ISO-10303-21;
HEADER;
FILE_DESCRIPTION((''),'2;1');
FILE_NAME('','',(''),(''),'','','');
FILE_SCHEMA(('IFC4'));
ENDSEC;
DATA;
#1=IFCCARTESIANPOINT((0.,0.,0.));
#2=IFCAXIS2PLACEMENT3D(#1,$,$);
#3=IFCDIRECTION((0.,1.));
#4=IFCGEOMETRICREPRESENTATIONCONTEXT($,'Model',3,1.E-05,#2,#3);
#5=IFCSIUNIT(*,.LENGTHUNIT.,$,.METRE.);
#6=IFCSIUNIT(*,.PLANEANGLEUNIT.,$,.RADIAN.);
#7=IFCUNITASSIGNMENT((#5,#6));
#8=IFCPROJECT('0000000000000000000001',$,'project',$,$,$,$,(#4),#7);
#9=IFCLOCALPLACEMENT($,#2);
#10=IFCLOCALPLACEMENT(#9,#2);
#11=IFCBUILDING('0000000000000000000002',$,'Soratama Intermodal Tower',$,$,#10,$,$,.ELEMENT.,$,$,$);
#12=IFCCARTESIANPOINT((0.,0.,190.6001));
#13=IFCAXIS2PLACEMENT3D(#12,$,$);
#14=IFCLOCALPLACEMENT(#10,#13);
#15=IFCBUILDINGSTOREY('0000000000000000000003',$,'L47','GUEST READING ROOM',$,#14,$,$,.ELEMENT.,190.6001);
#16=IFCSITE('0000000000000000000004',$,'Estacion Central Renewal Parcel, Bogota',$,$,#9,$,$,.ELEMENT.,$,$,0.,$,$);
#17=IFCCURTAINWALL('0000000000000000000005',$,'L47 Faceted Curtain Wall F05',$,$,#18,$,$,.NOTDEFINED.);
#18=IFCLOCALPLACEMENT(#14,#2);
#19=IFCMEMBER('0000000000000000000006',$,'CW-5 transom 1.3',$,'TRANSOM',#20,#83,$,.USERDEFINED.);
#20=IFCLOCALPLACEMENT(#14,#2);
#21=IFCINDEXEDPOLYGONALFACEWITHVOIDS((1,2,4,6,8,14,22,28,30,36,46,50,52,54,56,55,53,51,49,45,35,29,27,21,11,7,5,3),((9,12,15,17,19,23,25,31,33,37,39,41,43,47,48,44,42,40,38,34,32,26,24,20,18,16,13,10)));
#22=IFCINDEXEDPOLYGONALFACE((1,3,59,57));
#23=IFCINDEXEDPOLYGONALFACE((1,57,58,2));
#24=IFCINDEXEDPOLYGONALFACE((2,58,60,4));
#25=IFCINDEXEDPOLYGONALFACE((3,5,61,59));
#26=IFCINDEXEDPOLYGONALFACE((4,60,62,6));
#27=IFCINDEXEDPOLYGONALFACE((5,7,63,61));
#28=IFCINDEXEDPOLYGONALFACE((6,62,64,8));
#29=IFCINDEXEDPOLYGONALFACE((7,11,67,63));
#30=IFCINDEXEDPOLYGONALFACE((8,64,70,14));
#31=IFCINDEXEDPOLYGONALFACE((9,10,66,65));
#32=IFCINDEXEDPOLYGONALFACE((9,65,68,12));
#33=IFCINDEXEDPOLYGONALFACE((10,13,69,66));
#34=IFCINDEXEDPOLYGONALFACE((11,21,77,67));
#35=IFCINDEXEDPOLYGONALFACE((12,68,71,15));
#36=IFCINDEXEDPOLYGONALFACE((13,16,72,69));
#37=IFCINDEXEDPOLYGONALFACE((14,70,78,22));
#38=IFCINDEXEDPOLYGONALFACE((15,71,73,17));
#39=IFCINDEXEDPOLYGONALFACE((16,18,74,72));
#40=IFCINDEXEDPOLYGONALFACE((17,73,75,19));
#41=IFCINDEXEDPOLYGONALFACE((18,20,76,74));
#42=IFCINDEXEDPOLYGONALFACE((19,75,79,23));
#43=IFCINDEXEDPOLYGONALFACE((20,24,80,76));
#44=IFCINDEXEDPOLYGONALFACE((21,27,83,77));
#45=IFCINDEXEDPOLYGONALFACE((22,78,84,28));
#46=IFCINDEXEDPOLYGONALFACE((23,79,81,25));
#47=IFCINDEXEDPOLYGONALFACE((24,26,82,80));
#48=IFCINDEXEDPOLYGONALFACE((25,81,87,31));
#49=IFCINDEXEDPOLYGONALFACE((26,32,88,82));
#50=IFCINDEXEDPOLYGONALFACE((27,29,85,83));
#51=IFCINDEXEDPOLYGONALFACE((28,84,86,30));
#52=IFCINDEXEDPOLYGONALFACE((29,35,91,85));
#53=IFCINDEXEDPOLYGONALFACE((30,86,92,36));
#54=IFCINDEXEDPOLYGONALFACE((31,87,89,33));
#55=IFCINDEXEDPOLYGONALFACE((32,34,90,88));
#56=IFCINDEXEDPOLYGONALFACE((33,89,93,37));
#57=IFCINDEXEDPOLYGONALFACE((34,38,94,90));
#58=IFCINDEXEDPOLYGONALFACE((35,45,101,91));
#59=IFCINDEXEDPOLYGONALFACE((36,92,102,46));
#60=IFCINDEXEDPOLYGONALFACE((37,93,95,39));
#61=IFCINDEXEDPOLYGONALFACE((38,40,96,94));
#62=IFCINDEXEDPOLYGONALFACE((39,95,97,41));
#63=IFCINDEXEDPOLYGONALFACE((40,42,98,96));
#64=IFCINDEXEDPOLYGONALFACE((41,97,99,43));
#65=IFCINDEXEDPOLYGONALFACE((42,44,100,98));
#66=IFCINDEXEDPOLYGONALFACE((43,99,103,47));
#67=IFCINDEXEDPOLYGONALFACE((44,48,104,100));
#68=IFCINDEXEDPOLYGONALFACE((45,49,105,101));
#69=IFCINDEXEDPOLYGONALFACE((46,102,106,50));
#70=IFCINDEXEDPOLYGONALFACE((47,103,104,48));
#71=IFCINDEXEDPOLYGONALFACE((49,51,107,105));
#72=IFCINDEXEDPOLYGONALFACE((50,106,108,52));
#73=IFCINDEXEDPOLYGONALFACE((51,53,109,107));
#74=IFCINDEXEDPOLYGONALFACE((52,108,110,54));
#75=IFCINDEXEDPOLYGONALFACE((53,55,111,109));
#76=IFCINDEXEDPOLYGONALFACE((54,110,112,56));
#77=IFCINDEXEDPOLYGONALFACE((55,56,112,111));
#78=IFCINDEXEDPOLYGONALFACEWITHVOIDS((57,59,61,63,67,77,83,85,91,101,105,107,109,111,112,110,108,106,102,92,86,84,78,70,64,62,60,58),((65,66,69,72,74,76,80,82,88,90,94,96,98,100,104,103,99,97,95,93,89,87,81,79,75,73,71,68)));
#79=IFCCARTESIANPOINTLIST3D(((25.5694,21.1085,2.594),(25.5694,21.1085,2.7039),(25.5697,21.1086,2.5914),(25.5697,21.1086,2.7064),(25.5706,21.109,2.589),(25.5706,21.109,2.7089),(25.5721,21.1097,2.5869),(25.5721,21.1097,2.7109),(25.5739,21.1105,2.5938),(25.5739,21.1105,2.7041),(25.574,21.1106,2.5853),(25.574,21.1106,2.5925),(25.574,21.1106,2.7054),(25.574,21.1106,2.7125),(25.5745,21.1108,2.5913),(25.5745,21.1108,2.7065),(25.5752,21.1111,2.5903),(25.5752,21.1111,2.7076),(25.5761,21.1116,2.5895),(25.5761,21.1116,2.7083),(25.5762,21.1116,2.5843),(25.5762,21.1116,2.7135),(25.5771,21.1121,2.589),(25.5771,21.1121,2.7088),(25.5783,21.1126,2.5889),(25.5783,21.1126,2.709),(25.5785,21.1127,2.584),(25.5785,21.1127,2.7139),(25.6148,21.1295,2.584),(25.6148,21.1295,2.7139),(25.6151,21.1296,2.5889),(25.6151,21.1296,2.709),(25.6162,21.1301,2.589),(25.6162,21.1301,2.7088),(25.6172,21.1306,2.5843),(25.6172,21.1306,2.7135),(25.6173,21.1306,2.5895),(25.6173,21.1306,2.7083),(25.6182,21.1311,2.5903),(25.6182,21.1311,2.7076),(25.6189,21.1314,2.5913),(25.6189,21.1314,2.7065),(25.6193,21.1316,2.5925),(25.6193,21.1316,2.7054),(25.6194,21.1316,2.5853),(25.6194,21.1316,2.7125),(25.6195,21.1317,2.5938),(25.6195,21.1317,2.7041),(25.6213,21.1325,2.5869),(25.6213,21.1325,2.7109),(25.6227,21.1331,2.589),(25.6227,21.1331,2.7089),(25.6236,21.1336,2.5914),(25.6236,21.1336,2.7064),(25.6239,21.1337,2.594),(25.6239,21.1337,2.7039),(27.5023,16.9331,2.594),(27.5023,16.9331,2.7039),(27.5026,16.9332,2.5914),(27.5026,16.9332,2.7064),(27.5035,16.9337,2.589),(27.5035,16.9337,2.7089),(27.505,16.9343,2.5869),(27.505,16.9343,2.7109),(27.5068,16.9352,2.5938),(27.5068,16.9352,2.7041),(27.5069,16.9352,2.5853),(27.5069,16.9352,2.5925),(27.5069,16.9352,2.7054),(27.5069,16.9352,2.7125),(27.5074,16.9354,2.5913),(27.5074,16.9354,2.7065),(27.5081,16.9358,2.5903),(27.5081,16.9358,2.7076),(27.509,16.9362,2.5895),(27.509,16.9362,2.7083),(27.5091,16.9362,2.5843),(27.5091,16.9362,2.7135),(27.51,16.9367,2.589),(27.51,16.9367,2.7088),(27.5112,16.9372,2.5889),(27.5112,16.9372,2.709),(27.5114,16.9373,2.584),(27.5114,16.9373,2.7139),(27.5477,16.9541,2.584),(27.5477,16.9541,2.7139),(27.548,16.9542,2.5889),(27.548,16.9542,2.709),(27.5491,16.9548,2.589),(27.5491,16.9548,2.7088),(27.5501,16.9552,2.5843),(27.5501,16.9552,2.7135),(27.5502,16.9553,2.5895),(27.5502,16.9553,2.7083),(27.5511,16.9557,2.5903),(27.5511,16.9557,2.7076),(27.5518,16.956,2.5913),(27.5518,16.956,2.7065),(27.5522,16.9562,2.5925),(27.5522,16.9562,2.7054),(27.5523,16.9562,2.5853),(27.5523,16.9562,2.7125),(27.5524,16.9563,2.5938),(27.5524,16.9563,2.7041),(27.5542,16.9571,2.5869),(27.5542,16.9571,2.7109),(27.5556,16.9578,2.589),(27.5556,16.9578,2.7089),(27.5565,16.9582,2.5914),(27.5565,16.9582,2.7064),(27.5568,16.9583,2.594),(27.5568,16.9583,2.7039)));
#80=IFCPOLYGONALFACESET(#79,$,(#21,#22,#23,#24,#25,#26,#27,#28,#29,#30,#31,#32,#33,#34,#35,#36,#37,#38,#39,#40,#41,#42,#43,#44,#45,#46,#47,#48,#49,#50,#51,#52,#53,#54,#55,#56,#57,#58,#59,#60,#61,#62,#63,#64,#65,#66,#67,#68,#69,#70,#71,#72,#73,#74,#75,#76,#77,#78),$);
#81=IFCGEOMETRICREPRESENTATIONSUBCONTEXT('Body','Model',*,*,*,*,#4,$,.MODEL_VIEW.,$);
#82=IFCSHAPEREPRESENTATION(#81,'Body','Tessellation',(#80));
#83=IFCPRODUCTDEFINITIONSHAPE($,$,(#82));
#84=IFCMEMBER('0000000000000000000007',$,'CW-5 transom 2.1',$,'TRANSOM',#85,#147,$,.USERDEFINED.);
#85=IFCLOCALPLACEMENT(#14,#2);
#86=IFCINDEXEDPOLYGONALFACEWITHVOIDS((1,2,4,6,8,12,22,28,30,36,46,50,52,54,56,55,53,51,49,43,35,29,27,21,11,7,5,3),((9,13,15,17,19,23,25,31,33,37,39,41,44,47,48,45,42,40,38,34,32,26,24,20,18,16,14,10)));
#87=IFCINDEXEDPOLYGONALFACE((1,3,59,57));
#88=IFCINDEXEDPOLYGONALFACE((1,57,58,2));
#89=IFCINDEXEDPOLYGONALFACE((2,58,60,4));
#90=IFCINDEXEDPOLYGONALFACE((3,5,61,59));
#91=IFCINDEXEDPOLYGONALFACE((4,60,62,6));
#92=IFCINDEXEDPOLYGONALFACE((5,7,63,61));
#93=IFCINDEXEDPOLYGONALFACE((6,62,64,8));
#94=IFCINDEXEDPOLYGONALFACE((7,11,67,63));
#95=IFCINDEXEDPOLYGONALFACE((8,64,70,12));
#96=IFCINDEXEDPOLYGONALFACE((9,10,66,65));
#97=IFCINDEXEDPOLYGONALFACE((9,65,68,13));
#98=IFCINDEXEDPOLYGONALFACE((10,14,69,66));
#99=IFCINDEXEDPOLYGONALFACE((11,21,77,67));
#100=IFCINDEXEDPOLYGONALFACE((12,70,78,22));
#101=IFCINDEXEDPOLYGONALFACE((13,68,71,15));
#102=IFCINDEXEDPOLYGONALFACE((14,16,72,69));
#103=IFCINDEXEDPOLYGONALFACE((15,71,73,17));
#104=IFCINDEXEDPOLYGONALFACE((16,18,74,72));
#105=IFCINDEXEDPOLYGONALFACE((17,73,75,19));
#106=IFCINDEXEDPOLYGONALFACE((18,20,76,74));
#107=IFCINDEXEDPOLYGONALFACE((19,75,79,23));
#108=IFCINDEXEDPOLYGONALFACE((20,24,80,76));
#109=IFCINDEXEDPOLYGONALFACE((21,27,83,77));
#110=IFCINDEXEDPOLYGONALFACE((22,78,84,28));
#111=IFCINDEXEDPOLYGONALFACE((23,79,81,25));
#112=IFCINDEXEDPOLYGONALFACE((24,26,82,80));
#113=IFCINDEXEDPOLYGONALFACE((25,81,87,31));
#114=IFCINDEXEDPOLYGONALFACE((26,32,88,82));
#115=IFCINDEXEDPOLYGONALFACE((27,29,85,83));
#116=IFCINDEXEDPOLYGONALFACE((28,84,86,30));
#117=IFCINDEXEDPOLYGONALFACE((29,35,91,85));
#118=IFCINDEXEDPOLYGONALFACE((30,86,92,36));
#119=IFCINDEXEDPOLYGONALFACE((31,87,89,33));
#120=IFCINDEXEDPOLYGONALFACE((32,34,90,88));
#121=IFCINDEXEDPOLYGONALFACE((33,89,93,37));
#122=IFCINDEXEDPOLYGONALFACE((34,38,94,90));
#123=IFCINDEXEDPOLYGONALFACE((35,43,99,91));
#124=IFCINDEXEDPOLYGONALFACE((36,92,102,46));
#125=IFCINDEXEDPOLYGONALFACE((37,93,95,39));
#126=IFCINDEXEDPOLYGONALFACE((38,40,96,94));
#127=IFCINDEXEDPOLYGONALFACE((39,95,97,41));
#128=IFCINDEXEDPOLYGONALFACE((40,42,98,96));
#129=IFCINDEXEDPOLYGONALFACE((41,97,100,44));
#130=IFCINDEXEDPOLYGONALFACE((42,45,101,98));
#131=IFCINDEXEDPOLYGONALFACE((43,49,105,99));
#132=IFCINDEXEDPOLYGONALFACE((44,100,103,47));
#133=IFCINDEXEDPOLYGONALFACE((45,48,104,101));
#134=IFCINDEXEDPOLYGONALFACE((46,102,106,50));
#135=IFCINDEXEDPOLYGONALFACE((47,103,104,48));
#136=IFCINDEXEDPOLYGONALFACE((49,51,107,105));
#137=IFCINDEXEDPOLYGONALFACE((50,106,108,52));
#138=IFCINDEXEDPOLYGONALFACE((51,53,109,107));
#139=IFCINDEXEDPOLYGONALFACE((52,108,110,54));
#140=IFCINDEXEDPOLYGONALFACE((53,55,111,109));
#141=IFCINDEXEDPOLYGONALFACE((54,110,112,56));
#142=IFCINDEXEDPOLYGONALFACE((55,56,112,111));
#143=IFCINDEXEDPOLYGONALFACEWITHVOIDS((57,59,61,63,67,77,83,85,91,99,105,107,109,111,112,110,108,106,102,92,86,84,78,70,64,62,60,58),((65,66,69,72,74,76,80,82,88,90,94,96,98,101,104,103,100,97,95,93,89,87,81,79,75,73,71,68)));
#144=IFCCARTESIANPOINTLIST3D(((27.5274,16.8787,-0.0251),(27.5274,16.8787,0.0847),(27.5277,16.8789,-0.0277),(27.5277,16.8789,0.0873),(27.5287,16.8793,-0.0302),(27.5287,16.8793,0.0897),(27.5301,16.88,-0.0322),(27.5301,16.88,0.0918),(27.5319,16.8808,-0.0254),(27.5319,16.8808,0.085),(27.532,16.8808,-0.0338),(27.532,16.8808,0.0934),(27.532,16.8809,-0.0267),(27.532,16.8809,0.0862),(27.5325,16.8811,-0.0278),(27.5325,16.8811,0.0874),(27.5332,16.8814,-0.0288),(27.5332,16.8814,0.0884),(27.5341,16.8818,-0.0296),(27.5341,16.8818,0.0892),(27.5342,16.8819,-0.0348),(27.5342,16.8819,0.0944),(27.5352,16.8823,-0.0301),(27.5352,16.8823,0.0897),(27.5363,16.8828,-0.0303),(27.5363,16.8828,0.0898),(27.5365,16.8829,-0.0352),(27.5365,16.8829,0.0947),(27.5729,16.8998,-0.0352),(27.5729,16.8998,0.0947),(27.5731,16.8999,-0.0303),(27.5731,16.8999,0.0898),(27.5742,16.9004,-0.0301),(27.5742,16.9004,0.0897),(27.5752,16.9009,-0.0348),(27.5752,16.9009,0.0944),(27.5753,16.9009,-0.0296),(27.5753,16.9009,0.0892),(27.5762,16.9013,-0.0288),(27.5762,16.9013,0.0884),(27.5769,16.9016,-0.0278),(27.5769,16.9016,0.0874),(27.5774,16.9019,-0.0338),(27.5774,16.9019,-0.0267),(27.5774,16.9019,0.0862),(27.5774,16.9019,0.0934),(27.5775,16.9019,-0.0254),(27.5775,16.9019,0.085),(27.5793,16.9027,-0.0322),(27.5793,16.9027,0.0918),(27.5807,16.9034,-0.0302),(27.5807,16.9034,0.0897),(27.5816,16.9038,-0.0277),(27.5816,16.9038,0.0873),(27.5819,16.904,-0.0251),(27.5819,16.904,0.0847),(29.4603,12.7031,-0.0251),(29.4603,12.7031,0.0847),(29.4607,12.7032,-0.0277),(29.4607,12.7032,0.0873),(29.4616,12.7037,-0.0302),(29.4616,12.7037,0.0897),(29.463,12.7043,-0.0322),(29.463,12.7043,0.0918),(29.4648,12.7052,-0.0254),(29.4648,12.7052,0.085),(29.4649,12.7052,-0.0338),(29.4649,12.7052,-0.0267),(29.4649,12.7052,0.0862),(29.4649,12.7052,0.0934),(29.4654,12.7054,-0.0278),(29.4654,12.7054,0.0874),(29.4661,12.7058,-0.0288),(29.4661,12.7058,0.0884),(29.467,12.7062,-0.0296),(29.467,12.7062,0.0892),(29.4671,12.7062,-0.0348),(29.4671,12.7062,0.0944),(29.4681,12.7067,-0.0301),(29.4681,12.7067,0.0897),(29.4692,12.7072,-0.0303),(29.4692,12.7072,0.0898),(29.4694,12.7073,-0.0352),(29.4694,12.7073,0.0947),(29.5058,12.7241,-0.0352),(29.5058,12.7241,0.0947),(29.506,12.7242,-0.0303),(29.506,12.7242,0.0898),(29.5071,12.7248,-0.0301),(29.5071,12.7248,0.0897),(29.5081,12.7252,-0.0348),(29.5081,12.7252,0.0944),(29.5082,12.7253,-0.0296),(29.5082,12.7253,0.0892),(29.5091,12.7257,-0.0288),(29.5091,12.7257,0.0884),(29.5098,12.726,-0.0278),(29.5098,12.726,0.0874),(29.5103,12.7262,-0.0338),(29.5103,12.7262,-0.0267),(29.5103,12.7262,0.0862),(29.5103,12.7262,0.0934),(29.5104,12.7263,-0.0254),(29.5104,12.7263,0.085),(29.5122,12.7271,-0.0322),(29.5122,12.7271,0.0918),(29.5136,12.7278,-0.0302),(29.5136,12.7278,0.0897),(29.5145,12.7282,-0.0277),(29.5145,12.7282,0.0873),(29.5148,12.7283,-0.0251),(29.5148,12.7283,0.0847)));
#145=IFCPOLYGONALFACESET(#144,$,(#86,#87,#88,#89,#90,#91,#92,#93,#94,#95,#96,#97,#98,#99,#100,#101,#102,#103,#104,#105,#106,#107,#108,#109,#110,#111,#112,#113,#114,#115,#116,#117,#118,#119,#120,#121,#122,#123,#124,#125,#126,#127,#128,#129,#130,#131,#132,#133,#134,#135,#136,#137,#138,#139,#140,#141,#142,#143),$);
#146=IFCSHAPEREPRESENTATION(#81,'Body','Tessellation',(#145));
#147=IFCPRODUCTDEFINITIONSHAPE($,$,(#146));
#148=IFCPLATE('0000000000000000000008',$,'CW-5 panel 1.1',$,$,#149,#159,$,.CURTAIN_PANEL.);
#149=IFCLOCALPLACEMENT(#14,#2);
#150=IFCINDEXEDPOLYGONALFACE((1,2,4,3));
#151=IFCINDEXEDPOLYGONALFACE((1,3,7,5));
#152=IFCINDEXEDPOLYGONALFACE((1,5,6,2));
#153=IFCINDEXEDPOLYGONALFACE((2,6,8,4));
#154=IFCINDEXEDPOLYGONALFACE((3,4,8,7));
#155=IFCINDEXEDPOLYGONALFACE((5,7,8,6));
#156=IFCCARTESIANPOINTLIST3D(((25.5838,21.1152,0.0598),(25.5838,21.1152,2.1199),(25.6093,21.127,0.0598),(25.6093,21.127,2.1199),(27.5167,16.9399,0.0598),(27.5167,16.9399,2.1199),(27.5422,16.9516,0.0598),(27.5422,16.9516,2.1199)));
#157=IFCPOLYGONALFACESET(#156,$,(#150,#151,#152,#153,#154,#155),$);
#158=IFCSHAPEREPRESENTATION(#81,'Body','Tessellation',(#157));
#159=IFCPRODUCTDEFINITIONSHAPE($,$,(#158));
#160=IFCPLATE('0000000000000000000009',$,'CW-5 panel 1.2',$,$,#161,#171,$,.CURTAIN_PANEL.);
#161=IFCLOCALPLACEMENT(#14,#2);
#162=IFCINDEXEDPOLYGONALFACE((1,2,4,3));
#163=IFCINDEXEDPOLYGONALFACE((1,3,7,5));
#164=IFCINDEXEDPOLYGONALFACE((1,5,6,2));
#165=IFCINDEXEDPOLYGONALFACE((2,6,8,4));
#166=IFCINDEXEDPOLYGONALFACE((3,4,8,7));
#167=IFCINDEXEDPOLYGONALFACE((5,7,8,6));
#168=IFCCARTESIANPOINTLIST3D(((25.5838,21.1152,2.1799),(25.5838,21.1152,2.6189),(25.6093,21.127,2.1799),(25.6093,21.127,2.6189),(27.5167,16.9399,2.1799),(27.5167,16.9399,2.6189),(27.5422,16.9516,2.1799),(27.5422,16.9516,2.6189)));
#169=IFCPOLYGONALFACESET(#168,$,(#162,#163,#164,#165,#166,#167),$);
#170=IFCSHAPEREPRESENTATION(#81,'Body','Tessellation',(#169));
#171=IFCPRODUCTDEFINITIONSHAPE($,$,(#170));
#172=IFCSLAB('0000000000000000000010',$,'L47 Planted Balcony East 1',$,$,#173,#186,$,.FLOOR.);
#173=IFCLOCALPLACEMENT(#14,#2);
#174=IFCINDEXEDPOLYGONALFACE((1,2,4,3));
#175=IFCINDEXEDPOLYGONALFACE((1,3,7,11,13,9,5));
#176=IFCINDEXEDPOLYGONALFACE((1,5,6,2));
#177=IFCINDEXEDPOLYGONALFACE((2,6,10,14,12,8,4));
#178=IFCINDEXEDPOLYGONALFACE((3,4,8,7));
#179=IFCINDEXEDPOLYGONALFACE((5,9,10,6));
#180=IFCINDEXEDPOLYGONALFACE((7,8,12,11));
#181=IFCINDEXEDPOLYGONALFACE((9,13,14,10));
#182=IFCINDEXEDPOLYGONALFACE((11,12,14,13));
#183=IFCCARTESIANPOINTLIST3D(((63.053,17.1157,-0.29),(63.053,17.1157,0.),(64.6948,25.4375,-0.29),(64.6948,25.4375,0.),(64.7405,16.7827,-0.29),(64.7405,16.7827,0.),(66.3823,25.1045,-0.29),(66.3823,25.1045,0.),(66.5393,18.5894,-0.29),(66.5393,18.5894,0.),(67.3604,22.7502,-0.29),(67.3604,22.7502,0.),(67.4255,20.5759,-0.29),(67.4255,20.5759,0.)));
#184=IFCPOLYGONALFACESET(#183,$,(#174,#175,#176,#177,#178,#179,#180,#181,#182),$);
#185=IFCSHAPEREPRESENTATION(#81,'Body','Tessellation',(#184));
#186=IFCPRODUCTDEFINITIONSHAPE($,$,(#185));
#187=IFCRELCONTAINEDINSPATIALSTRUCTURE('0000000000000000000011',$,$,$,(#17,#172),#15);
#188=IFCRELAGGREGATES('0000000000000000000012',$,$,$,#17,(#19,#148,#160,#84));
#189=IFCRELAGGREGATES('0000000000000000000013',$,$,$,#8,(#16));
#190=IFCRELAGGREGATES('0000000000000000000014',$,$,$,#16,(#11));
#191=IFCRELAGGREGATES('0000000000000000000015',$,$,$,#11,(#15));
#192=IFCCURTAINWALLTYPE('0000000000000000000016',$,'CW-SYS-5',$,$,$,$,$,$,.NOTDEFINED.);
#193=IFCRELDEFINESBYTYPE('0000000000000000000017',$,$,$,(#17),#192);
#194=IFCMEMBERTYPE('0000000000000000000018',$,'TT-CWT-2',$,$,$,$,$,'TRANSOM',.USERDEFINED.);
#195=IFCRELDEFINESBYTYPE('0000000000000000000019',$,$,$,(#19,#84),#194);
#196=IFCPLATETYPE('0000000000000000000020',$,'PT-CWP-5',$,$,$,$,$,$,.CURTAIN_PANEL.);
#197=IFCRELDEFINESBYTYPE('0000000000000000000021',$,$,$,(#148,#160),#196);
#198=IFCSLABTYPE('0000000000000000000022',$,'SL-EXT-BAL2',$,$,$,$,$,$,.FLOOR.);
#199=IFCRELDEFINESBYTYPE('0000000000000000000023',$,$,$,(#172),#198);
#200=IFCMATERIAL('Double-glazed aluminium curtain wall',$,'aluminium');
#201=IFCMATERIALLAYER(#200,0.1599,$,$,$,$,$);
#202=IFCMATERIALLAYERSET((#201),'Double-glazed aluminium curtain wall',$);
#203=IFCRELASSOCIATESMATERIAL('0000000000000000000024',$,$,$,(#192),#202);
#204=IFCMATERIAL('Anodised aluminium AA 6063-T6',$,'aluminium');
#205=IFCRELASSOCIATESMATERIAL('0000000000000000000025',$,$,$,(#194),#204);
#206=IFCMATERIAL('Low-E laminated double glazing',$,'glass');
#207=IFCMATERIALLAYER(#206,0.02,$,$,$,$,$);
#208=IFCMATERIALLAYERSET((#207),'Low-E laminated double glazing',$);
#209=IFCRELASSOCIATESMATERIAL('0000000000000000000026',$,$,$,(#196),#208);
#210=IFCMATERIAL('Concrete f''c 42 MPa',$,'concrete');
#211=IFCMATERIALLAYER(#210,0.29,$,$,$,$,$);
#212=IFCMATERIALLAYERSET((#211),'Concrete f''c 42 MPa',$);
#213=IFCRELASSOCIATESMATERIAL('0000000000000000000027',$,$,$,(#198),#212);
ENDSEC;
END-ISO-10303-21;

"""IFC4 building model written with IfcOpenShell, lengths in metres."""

from ifc_helpers import new_model, si_unit, direction, frame, origin, origin_2d, place, context, subcontext, project, spatial, polyline, rectangle, hollow_rectangle, outline, extrude, material, layer, layer_set, material_profile, profile_set, type_object, element, aggregate, save


model = new_model("IFC4")

# Units and contexts
model_context = context("Model", 3, precision=1e-05, world=origin(), true_north=direction((0.0, 1.0)))
body_context = subcontext(model_context, "Body", "Model", "MODEL_VIEW")
ifc_project = project(units=[si_unit("LENGTHUNIT", "METRE"), si_unit("PLANEANGLEUNIT", "RADIAN")], contexts=[model_context])

# Site, building, storey
site_placement = place(None, origin())
site = spatial("IfcSite", under=ifc_project, at=site_placement, Name="Estacion Central Renewal Parcel, Bogota", CompositionType="ELEMENT", RefElevation=0.0)
building_placement = place(site_placement, origin())
building = spatial("IfcBuilding", under=site, at=building_placement, Name="Soratama Intermodal Tower", CompositionType="ELEMENT")
storey_placement = place(building_placement, frame((0.0, 0.0, 190.6001)))
storey = spatial("IfcBuildingStorey", under=building, at=storey_placement, Name="L47", Description="GUEST READING ROOM", CompositionType="ELEMENT", Elevation=190.6001)

# Curtain wall, members, plates
ifc_material_1 = material(Name="Double-glazed aluminium curtain wall", Category="aluminium")
ifc_layer_1 = layer(ifc_material_1, 0.1599)
ifc_layer_set_1 = layer_set([ifc_layer_1], Name="Double-glazed aluminium curtain wall")
curtain_wall_type = type_object("IfcCurtainWallType", Name="CW-SYS-5", PredefinedType="NOTDEFINED", material=ifc_layer_set_1)
curtain_wall_placement = place(storey_placement, origin())
curtain_wall = element("IfcCurtainWall", 1, at=curtain_wall_placement, inside=storey, type_object=curtain_wall_type, Name="L47 Faceted Curtain Wall F05", PredefinedType="NOTDEFINED")
ifc_material_2 = material(Name="Anodised aluminium AA 6063-T6", Category="aluminium")
ifc_material_profile_1 = material_profile(ifc_material_2, hollow_rectangle(XDim=0.0601, YDim=0.1299, WallThickness=0.0049, InnerFilletRadius=0.0049, OuterFilletRadius=0.01, at=origin_2d()), Name="CWT130X60X5")
ifc_profile_set_1 = profile_set([ifc_material_profile_1], Name="Anodised aluminium AA 6063-T6")
member_type_1 = type_object("IfcMemberType", Name="TT-CWT-2", ElementType="TRANSOM", PredefinedType="USERDEFINED", material=ifc_profile_set_1)
member_1_placement = place(storey_placement, frame((25.5967, 21.1211, 2.6489), z_axis=(0.420098, -0.907479, 0.0), x_axis=(0.907479, 0.420098, 0.0)))
member_1 = element("IfcMember", 2, at=member_1_placement, type_object=member_type_1, Name="CW-5 transom 1.3", ObjectType="TRANSOM", PredefinedType="USERDEFINED", context=body_context, shape_type="SweptSolid", body=[
    extrude(hollow_rectangle(XDim=0.0601, YDim=0.1299, WallThickness=0.0049, InnerFilletRadius=0.0049, OuterFilletRadius=0.01, at=origin_2d()), origin(), (0.0, 0.0, 1.0), 4.6011),
])
member_2_placement = place(storey_placement, frame((27.5547, 16.8914, 0.0298), z_axis=(0.420077, -0.907488, 0.0), x_axis=(0.907488, 0.420077, 0.0)))
member_2 = element("IfcMember", 3, at=member_2_placement, type_object=member_type_1, Name="CW-5 transom 2.1", ObjectType="TRANSOM", PredefinedType="USERDEFINED", context=body_context, shape_type="SweptSolid", body=[
    extrude(hollow_rectangle(XDim=0.0601, YDim=0.1299, WallThickness=0.0049, InnerFilletRadius=0.0049, OuterFilletRadius=0.01, at=origin_2d()), origin(), (0.0, 0.0, 1.0), 4.6013),
])
ifc_material_3 = material(Name="Low-E laminated double glazing", Category="glass")
ifc_layer_2 = layer(ifc_material_3, 0.02)
ifc_layer_set_2 = layer_set([ifc_layer_2], Name="Low-E laminated double glazing")
plate_type = type_object("IfcPlateType", Name="PT-CWP-5", PredefinedType="CURTAIN_PANEL", material=ifc_layer_set_2)
plate_1_placement = place(storey_placement, frame((26.563, 19.0334, 0.0598), z_axis=(0.0, 0.0, 1.0), x_axis=(0.420092, -0.907482, 0.0)))
plate_1 = element("IfcPlate", 4, at=plate_1_placement, type_object=plate_type, Name="CW-5 panel 1.1", PredefinedType="CURTAIN_PANEL", context=body_context, shape_type="SweptSolid", body=[
    extrude(rectangle(XDim=4.6011, YDim=0.0281, at=origin_2d()), origin(), (0.0, 0.0, 1.0), 2.0601),
])
plate_2_placement = place(storey_placement, frame((26.563, 19.0334, 2.1799), z_axis=(0.0, 0.0, 1.0), x_axis=(0.420092, -0.907482, 0.0)))
plate_2 = element("IfcPlate", 5, at=plate_2_placement, type_object=plate_type, Name="CW-5 panel 1.2", PredefinedType="CURTAIN_PANEL", context=body_context, shape_type="SweptSolid", body=[
    extrude(rectangle(XDim=4.6011, YDim=0.0281, at=origin_2d()), origin(), (0.0, 0.0, 1.0), 0.439),
])
aggregate(curtain_wall, [member_1, plate_1, plate_2, member_2])

# Slab
ifc_material_4 = material(Name="Concrete f'c 42 MPa", Category="concrete")
ifc_layer_3 = layer(ifc_material_4, 0.29)
ifc_layer_set_3 = layer_set([ifc_layer_3], Name="Concrete f'c 42 MPa")
slab_type_1 = type_object("IfcSlabType", Name="SL-EXT-BAL2", PredefinedType="FLOOR", material=ifc_layer_set_3)
slab_1_placement = place(storey_placement, frame((0.0, 0.0, -0.29)))
element("IfcSlab", 6, at=slab_1_placement, inside=storey, type_object=slab_type_1, Name="L47 Planted Balcony East 1", PredefinedType="FLOOR", context=body_context, shape_type="SweptSolid", body=[
    extrude(outline(polyline([(63.053, 17.1157), (64.6948, 25.4375), (66.3823, 25.1045), (67.3604, 22.7502), (67.4255, 20.5759), (66.5393, 18.5894), (64.7405, 16.7827), (63.053, 17.1157)])), origin(), (0.0, 0.0, 1.0), 0.29),
])

save(model, "model.ifc")
